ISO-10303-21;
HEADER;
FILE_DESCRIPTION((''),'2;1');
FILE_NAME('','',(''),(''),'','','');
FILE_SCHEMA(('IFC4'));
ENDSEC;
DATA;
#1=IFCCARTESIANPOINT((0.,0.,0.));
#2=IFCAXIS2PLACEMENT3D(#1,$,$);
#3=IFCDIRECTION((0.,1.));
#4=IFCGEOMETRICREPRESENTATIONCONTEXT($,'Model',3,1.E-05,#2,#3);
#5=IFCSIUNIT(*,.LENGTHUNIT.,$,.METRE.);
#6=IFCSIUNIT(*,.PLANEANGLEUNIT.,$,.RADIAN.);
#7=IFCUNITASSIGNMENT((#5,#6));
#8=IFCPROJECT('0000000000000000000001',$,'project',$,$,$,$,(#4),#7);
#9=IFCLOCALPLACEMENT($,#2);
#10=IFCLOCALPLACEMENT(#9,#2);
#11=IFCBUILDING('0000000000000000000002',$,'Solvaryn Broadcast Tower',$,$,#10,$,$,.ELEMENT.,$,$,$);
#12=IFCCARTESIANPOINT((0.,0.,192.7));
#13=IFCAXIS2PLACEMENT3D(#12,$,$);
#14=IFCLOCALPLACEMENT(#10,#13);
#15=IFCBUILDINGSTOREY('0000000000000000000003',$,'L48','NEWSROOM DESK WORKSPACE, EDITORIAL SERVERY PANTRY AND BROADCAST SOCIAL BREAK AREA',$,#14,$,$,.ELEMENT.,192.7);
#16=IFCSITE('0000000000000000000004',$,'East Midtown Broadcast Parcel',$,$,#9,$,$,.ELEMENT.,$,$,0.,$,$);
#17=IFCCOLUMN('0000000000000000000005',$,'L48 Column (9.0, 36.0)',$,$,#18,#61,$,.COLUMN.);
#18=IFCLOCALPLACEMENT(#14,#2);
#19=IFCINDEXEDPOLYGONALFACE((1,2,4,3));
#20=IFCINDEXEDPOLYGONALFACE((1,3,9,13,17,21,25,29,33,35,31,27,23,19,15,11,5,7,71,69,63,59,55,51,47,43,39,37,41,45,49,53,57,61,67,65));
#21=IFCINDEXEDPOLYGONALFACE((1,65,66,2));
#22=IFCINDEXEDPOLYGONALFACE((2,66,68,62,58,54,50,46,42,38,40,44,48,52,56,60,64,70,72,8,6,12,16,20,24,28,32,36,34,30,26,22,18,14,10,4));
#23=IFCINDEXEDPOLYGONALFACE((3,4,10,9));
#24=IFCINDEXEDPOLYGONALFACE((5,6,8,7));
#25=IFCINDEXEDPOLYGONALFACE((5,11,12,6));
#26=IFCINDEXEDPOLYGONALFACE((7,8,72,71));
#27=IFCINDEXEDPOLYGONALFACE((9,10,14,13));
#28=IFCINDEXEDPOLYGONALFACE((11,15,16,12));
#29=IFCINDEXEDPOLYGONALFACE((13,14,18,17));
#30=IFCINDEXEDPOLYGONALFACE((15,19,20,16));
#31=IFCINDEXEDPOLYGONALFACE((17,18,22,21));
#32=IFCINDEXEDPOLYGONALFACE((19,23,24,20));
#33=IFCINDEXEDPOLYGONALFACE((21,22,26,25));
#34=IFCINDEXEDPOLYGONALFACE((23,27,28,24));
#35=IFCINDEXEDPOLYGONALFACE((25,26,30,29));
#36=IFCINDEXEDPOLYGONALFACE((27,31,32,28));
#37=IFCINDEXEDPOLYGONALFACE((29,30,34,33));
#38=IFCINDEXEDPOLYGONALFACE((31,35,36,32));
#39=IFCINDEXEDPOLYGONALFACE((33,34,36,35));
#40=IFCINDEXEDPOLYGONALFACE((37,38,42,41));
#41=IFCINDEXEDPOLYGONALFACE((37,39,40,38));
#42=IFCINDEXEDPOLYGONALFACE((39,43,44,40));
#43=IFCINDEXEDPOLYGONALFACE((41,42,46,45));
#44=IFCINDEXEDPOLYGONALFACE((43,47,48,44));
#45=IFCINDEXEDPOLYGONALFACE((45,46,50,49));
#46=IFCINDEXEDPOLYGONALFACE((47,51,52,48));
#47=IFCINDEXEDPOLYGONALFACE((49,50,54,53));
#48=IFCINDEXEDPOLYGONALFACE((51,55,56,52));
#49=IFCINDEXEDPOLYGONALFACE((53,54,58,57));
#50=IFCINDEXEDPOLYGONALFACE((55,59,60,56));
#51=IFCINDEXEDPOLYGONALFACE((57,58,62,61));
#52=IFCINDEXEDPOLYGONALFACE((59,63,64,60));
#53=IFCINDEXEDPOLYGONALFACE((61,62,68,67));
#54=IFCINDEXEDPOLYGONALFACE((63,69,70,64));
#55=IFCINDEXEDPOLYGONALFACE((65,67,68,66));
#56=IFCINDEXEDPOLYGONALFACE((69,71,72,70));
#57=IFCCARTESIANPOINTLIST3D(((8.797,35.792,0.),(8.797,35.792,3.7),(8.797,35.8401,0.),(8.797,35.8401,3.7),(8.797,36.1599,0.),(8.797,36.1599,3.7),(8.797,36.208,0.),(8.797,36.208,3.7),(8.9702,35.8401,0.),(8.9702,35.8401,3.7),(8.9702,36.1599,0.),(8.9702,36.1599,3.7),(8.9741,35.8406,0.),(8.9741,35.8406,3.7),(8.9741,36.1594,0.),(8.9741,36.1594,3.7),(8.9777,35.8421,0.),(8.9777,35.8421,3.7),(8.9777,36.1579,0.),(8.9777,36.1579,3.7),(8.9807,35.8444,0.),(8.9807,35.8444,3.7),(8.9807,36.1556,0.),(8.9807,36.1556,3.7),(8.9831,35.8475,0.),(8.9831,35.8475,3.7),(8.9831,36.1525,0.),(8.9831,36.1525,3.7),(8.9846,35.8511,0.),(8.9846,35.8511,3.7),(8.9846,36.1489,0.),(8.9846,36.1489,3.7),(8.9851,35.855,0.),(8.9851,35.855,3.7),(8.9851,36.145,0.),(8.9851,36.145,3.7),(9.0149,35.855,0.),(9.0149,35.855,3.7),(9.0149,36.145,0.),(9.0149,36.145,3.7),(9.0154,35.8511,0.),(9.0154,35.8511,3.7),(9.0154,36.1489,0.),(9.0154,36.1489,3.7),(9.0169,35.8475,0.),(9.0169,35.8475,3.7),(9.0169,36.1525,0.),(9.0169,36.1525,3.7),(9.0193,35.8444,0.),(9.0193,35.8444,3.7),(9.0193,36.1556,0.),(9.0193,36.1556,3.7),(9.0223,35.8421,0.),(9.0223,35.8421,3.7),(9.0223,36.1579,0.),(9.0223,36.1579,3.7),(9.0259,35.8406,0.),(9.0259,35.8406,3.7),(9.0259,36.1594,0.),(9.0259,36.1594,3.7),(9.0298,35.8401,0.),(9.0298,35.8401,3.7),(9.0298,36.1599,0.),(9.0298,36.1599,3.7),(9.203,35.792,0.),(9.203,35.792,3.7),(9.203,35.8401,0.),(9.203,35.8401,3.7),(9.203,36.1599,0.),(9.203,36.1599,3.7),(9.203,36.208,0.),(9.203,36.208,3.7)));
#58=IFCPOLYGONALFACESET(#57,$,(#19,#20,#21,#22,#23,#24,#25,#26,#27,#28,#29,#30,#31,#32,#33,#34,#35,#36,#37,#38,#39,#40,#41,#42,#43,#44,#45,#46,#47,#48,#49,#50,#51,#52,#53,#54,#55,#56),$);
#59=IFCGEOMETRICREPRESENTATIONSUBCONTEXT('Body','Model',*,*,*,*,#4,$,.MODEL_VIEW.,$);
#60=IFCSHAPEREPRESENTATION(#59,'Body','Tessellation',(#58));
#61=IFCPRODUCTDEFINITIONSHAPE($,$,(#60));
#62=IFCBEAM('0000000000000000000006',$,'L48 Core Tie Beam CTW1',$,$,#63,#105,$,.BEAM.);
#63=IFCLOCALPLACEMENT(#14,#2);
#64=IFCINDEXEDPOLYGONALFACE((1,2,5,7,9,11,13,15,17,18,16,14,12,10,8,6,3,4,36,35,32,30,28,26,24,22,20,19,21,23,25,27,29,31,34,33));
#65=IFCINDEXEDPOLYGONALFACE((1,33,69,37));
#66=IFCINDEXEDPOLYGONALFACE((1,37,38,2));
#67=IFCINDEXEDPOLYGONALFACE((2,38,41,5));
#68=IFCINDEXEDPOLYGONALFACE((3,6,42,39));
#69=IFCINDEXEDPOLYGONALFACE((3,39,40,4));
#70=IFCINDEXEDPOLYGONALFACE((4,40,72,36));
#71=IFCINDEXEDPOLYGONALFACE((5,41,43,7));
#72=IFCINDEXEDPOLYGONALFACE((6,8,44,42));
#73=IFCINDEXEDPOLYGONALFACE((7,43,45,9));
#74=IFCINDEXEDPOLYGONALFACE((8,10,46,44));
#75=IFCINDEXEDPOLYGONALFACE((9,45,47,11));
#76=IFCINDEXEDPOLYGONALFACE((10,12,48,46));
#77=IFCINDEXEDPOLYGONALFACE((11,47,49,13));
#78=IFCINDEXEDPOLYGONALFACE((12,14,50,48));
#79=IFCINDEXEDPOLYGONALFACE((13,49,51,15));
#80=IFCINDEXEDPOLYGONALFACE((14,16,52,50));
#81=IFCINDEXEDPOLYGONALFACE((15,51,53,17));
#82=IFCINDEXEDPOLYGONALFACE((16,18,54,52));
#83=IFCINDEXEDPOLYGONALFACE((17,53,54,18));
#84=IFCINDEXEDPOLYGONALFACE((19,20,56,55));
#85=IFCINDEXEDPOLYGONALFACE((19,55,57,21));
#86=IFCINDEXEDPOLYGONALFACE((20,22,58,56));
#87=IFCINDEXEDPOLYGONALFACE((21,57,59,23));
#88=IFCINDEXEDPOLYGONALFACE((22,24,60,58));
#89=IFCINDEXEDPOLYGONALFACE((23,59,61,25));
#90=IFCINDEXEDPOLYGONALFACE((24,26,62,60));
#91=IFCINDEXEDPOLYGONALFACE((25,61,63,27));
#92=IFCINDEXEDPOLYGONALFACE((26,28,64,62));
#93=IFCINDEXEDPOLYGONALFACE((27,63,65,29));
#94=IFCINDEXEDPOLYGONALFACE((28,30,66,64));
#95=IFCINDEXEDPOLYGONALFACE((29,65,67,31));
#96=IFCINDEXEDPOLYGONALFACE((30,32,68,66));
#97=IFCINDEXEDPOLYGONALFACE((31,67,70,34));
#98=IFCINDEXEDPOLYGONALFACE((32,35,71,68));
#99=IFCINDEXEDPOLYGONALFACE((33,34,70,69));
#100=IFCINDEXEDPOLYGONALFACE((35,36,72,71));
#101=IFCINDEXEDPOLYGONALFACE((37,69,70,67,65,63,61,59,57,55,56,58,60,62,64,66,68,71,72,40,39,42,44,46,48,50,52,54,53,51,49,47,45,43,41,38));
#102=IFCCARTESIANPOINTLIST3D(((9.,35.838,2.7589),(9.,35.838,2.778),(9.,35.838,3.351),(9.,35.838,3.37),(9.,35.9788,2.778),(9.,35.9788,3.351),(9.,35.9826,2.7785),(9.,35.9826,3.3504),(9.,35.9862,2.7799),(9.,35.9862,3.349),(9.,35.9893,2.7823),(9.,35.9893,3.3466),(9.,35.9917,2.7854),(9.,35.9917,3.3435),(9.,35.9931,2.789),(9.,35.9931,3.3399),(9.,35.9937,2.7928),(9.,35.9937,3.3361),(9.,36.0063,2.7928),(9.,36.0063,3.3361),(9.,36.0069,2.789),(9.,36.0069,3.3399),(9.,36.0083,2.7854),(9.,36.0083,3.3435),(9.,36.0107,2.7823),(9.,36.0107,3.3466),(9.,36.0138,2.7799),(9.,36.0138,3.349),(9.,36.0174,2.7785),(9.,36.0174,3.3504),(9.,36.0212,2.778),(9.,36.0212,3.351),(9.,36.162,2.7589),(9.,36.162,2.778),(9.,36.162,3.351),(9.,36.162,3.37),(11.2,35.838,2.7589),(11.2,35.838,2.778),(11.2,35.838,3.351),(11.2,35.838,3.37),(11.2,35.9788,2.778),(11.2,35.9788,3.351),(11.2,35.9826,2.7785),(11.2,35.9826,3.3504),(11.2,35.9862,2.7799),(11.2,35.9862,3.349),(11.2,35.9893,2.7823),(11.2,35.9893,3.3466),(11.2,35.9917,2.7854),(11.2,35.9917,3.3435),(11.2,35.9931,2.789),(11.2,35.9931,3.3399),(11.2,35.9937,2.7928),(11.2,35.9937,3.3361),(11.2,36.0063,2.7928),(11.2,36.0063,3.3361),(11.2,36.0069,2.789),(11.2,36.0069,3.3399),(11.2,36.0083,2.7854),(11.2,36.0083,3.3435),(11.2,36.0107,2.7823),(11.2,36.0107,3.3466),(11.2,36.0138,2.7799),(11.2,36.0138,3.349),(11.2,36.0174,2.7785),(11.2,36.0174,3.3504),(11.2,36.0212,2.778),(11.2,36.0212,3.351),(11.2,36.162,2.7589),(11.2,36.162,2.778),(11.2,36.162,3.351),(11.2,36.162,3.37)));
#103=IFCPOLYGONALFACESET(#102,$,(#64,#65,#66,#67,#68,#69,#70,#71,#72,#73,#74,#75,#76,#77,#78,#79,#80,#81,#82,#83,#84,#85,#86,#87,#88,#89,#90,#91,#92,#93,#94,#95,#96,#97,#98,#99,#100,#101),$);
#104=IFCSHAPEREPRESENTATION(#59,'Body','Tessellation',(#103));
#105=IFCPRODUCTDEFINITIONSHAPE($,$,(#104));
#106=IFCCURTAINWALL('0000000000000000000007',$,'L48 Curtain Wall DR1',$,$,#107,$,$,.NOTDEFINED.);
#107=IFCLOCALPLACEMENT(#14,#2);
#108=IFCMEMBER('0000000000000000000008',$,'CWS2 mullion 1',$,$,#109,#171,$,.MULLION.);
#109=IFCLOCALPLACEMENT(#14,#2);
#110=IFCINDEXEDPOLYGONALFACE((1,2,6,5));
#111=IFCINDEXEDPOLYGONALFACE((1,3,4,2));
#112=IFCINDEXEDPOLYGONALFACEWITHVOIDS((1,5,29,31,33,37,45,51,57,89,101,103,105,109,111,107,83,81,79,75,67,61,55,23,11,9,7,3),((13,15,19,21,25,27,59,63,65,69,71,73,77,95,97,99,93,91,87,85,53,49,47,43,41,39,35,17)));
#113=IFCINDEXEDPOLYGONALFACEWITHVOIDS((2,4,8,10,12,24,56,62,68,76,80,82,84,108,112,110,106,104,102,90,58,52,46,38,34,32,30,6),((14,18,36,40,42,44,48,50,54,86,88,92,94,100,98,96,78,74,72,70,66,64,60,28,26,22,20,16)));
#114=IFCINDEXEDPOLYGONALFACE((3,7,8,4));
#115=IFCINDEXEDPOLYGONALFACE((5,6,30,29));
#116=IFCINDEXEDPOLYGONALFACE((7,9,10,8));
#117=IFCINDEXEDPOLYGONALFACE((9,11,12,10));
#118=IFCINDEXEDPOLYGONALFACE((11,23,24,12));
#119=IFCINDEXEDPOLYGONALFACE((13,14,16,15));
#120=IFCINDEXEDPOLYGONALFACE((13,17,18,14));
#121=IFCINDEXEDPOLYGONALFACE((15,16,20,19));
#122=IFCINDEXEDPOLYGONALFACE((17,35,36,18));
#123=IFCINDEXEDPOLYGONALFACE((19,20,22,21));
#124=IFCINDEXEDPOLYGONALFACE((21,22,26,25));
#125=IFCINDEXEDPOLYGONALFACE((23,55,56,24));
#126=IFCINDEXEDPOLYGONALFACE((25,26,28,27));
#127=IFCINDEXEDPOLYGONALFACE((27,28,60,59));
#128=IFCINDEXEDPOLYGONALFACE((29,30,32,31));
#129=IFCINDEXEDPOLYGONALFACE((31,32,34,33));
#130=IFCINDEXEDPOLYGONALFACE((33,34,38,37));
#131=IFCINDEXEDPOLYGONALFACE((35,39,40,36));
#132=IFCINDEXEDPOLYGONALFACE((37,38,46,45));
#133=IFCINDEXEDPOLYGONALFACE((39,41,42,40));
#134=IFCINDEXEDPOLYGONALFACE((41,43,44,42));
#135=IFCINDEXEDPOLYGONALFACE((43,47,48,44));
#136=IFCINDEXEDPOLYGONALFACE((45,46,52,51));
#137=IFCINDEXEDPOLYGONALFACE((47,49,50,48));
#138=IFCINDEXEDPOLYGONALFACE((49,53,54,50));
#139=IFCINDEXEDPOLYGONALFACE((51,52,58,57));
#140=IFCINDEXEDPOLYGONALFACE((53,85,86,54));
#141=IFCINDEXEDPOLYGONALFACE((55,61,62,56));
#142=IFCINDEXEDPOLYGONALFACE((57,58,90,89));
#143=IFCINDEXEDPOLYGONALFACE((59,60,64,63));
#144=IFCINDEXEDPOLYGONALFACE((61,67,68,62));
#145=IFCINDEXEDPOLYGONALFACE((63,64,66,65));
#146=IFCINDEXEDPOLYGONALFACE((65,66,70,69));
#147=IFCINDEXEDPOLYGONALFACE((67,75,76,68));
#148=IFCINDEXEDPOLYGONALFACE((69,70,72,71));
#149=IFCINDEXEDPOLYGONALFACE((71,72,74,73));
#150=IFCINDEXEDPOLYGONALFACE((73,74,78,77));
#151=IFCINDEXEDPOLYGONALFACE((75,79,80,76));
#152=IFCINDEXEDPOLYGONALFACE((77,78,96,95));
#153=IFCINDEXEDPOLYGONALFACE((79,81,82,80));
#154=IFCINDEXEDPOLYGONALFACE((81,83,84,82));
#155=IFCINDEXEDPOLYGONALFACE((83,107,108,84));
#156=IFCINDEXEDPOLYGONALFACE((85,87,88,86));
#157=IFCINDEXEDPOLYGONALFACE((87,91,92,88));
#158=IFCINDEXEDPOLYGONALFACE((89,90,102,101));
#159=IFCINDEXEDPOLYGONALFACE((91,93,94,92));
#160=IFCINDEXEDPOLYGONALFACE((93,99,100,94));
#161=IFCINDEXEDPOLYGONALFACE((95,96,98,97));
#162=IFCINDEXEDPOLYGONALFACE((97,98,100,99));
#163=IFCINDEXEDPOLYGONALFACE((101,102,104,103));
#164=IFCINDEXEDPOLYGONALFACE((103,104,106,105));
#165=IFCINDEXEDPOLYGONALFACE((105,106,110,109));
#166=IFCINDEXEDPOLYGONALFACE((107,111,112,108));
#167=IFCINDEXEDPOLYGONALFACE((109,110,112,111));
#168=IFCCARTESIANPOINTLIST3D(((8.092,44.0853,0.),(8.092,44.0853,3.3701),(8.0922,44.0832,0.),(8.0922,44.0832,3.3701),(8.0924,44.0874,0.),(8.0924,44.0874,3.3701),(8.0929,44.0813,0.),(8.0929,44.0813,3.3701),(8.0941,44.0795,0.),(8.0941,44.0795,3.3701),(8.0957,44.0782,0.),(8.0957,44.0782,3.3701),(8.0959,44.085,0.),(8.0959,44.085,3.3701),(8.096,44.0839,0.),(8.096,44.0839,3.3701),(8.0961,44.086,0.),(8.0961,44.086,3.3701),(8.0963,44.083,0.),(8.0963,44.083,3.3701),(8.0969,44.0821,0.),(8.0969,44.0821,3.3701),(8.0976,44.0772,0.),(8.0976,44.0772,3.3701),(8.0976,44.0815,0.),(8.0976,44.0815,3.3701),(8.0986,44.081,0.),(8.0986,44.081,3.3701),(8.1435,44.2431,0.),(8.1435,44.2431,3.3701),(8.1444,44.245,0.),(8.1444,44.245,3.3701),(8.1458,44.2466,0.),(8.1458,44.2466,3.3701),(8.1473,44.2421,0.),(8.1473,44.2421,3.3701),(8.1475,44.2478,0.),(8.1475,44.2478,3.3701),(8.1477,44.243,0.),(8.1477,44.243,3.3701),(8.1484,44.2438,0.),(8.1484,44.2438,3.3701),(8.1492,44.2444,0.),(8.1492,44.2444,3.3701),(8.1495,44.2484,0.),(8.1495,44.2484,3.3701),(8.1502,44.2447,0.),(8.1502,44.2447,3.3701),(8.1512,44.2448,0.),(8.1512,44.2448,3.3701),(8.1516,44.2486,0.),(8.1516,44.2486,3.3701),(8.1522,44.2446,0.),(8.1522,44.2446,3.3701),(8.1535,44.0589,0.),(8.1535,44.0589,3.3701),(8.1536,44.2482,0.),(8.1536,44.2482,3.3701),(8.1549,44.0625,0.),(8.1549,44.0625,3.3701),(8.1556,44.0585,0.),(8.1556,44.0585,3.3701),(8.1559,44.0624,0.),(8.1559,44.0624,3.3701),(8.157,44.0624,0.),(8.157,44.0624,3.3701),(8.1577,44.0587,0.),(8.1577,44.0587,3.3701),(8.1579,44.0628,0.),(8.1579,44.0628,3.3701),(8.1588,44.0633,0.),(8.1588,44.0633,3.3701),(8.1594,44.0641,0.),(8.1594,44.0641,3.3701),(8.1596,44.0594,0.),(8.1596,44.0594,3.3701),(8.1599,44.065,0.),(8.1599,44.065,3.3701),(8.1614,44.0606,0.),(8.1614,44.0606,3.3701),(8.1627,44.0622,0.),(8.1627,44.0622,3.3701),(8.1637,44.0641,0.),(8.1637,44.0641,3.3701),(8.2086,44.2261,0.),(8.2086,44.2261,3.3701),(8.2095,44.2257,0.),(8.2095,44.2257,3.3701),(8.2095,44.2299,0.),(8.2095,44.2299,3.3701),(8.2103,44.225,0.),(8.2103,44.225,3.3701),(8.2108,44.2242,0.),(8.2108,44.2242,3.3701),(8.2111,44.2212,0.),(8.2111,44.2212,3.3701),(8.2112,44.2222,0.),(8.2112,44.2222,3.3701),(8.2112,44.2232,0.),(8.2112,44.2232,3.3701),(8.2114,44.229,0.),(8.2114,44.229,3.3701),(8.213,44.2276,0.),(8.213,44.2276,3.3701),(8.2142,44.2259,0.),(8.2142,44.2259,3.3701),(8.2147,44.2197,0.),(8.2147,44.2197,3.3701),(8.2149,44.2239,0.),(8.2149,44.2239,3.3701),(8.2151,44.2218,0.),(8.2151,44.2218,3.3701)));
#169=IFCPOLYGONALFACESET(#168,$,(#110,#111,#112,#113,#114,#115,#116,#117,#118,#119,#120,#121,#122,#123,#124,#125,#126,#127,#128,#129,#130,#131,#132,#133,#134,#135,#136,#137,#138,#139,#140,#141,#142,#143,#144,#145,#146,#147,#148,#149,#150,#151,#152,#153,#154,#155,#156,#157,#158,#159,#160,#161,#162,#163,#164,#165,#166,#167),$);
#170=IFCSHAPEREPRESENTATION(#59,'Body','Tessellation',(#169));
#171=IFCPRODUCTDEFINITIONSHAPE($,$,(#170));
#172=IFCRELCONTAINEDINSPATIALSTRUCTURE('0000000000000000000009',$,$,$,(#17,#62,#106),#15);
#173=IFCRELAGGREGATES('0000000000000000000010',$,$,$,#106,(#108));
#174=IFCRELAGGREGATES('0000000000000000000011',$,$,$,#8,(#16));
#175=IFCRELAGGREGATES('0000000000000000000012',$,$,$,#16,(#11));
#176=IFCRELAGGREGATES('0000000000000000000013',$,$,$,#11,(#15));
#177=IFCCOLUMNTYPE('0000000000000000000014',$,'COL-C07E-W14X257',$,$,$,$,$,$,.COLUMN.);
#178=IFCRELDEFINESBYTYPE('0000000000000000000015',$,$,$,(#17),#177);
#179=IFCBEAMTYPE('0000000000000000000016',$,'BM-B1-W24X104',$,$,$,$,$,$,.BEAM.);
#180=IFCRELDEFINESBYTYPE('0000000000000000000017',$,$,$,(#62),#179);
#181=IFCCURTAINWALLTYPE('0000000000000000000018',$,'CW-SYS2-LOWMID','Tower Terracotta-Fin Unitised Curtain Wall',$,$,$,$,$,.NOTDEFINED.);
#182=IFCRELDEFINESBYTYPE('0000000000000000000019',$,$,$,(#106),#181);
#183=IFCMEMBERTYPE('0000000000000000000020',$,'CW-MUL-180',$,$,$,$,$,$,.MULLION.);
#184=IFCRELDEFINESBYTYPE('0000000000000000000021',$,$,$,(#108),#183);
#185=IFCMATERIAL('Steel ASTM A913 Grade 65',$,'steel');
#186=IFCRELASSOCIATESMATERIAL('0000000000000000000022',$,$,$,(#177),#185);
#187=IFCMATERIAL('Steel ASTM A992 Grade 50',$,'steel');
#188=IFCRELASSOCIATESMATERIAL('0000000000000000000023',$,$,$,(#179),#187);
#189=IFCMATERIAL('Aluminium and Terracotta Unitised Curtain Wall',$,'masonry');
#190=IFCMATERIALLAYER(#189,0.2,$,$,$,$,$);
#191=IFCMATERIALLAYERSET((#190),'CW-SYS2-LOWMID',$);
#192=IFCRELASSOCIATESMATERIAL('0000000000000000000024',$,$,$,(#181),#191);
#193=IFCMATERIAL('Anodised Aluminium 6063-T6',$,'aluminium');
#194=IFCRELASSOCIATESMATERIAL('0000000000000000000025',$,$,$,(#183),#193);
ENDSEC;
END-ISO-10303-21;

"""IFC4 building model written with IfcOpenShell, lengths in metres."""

from ifc_helpers import new_model, si_unit, direction, frame, origin, origin_2d, place, context, subcontext, project, spatial, hollow_rectangle, i_section, extrude, material, layer, layer_set, material_profile, profile_set, type_object, element, aggregate, save


model = new_model("IFC4")

# Units and contexts
model_context = context("Model", 3, precision=1e-05, world=origin(), true_north=direction((0.0, 1.0)))
body_context = subcontext(model_context, "Body", "Model", "MODEL_VIEW")
ifc_project = project(units=[si_unit("LENGTHUNIT", "METRE"), si_unit("PLANEANGLEUNIT", "RADIAN")], contexts=[model_context])

# Site, building, storey
site_placement = place(None, origin())
site = spatial("IfcSite", under=ifc_project, at=site_placement, Name="East Midtown Broadcast Parcel", CompositionType="ELEMENT", RefElevation=0.0)
building_placement = place(site_placement, origin())
building = spatial("IfcBuilding", under=site, at=building_placement, Name="Solvaryn Broadcast Tower", CompositionType="ELEMENT")
storey_placement = place(building_placement, frame((0.0, 0.0, 192.7)))
storey = spatial("IfcBuildingStorey", under=building, at=storey_placement, Name="L48", Description="NEWSROOM DESK WORKSPACE, EDITORIAL SERVERY PANTRY AND BROADCAST SOCIAL BREAK AREA", CompositionType="ELEMENT", Elevation=192.7)

# Column
ifc_material_1 = material(Name="Steel ASTM A913 Grade 65", Category="steel")
ifc_material_profile_1 = material_profile(ifc_material_1, i_section(OverallWidth=0.406, OverallDepth=0.416, WebThickness=0.0298, FlangeThickness=0.0481, FilletRadius=0.0149, at=origin_2d()))
ifc_profile_set_1 = profile_set([ifc_material_profile_1], Name="Steel ASTM A913 Grade 65")
column_type = type_object("IfcColumnType", Name="COL-C07E-W14X257", PredefinedType="COLUMN", material=ifc_profile_set_1)
column_placement = place(storey_placement, frame((9.0, 36.0, 0.0), z_axis=(0.0, 0.0, 1.0), x_axis=(1.0, 0.0, 0.0)))
element("IfcColumn", 1, at=column_placement, inside=storey, type_object=column_type, Name="L48 Column (9.0, 36.0)", PredefinedType="COLUMN", context=body_context, shape_type="SweptSolid", body=[
    extrude(i_section(OverallWidth=0.406, OverallDepth=0.416, WebThickness=0.0298, FlangeThickness=0.0481, FilletRadius=0.0149, at=origin_2d()), origin(), (0.0, 0.0, 1.0), 3.7),
])

# Beam
ifc_material_2 = material(Name="Steel ASTM A992 Grade 50", Category="steel")
ifc_material_profile_2 = material_profile(ifc_material_2, i_section(OverallWidth=0.324, OverallDepth=0.6111, WebThickness=0.0127, FlangeThickness=0.019, FilletRadius=0.0149, at=origin_2d()))
ifc_profile_set_2 = profile_set([ifc_material_profile_2], Name="Steel ASTM A992 Grade 50")
beam_type = type_object("IfcBeamType", Name="BM-B1-W24X104", PredefinedType="BEAM", material=ifc_profile_set_2)
beam_placement = place(storey_placement, frame((9.0, 36.0, 3.0645), z_axis=(1.0, 0.0, 0.0), x_axis=(0.0, 1.0, 0.0)))
element("IfcBeam", 2, at=beam_placement, inside=storey, type_object=beam_type, Name="L48 Core Tie Beam CTW1", PredefinedType="BEAM", context=body_context, shape_type="SweptSolid", body=[
    extrude(i_section(OverallWidth=0.324, OverallDepth=0.6111, WebThickness=0.0127, FlangeThickness=0.019, FilletRadius=0.0149, at=origin_2d()), origin(), (0.0, 0.0, 1.0), 2.2),
])

# Curtain wall, member
ifc_material_3 = material(Name="Aluminium and Terracotta Unitised Curtain Wall", Category="masonry")
ifc_layer_1 = layer(ifc_material_3, 0.2)
ifc_layer_set_1 = layer_set([ifc_layer_1], Name="CW-SYS2-LOWMID")
curtain_wall_type = type_object("IfcCurtainWallType", Name="CW-SYS2-LOWMID", Description="Tower Terracotta-Fin Unitised Curtain Wall", PredefinedType="NOTDEFINED", material=ifc_layer_set_1)
curtain_wall_1_placement = place(storey_placement, origin())
curtain_wall_1 = element("IfcCurtainWall", 3, at=curtain_wall_1_placement, inside=storey, type_object=curtain_wall_type, Name="L48 Curtain Wall DR1", PredefinedType="NOTDEFINED")
ifc_material_4 = material(Name="Anodised Aluminium 6063-T6", Category="aluminium")
ifc_material_profile_3 = material_profile(ifc_material_4, hollow_rectangle(XDim=0.075, YDim=0.1799, WallThickness=0.0039, InnerFilletRadius=0.0039, OuterFilletRadius=0.0081, at=origin_2d()))
ifc_profile_set_3 = profile_set([ifc_material_profile_3], Name="Anodised Aluminium 6063-T6")
member_type_1 = type_object("IfcMemberType", Name="CW-MUL-180", PredefinedType="MULLION", material=ifc_profile_set_3)
member_1_placement = place(storey_placement, frame((8.1536, 44.1536, 0.0), z_axis=(0.0, 0.0, 1.0), x_axis=(0.950227, -0.311559, 0.0)))
member_1 = element("IfcMember", 4, at=member_1_placement, type_object=member_type_1, Name="CWS2 mullion 1", PredefinedType="MULLION", context=body_context, shape_type="SweptSolid", body=[
    extrude(hollow_rectangle(XDim=0.075, YDim=0.1799, WallThickness=0.0039, InnerFilletRadius=0.0039, OuterFilletRadius=0.0081, at=origin_2d()), origin(), (0.0, 0.0, 1.0), 3.3701),
])

aggregate(curtain_wall_1, [member_1])

save(model, "model.ifc")
